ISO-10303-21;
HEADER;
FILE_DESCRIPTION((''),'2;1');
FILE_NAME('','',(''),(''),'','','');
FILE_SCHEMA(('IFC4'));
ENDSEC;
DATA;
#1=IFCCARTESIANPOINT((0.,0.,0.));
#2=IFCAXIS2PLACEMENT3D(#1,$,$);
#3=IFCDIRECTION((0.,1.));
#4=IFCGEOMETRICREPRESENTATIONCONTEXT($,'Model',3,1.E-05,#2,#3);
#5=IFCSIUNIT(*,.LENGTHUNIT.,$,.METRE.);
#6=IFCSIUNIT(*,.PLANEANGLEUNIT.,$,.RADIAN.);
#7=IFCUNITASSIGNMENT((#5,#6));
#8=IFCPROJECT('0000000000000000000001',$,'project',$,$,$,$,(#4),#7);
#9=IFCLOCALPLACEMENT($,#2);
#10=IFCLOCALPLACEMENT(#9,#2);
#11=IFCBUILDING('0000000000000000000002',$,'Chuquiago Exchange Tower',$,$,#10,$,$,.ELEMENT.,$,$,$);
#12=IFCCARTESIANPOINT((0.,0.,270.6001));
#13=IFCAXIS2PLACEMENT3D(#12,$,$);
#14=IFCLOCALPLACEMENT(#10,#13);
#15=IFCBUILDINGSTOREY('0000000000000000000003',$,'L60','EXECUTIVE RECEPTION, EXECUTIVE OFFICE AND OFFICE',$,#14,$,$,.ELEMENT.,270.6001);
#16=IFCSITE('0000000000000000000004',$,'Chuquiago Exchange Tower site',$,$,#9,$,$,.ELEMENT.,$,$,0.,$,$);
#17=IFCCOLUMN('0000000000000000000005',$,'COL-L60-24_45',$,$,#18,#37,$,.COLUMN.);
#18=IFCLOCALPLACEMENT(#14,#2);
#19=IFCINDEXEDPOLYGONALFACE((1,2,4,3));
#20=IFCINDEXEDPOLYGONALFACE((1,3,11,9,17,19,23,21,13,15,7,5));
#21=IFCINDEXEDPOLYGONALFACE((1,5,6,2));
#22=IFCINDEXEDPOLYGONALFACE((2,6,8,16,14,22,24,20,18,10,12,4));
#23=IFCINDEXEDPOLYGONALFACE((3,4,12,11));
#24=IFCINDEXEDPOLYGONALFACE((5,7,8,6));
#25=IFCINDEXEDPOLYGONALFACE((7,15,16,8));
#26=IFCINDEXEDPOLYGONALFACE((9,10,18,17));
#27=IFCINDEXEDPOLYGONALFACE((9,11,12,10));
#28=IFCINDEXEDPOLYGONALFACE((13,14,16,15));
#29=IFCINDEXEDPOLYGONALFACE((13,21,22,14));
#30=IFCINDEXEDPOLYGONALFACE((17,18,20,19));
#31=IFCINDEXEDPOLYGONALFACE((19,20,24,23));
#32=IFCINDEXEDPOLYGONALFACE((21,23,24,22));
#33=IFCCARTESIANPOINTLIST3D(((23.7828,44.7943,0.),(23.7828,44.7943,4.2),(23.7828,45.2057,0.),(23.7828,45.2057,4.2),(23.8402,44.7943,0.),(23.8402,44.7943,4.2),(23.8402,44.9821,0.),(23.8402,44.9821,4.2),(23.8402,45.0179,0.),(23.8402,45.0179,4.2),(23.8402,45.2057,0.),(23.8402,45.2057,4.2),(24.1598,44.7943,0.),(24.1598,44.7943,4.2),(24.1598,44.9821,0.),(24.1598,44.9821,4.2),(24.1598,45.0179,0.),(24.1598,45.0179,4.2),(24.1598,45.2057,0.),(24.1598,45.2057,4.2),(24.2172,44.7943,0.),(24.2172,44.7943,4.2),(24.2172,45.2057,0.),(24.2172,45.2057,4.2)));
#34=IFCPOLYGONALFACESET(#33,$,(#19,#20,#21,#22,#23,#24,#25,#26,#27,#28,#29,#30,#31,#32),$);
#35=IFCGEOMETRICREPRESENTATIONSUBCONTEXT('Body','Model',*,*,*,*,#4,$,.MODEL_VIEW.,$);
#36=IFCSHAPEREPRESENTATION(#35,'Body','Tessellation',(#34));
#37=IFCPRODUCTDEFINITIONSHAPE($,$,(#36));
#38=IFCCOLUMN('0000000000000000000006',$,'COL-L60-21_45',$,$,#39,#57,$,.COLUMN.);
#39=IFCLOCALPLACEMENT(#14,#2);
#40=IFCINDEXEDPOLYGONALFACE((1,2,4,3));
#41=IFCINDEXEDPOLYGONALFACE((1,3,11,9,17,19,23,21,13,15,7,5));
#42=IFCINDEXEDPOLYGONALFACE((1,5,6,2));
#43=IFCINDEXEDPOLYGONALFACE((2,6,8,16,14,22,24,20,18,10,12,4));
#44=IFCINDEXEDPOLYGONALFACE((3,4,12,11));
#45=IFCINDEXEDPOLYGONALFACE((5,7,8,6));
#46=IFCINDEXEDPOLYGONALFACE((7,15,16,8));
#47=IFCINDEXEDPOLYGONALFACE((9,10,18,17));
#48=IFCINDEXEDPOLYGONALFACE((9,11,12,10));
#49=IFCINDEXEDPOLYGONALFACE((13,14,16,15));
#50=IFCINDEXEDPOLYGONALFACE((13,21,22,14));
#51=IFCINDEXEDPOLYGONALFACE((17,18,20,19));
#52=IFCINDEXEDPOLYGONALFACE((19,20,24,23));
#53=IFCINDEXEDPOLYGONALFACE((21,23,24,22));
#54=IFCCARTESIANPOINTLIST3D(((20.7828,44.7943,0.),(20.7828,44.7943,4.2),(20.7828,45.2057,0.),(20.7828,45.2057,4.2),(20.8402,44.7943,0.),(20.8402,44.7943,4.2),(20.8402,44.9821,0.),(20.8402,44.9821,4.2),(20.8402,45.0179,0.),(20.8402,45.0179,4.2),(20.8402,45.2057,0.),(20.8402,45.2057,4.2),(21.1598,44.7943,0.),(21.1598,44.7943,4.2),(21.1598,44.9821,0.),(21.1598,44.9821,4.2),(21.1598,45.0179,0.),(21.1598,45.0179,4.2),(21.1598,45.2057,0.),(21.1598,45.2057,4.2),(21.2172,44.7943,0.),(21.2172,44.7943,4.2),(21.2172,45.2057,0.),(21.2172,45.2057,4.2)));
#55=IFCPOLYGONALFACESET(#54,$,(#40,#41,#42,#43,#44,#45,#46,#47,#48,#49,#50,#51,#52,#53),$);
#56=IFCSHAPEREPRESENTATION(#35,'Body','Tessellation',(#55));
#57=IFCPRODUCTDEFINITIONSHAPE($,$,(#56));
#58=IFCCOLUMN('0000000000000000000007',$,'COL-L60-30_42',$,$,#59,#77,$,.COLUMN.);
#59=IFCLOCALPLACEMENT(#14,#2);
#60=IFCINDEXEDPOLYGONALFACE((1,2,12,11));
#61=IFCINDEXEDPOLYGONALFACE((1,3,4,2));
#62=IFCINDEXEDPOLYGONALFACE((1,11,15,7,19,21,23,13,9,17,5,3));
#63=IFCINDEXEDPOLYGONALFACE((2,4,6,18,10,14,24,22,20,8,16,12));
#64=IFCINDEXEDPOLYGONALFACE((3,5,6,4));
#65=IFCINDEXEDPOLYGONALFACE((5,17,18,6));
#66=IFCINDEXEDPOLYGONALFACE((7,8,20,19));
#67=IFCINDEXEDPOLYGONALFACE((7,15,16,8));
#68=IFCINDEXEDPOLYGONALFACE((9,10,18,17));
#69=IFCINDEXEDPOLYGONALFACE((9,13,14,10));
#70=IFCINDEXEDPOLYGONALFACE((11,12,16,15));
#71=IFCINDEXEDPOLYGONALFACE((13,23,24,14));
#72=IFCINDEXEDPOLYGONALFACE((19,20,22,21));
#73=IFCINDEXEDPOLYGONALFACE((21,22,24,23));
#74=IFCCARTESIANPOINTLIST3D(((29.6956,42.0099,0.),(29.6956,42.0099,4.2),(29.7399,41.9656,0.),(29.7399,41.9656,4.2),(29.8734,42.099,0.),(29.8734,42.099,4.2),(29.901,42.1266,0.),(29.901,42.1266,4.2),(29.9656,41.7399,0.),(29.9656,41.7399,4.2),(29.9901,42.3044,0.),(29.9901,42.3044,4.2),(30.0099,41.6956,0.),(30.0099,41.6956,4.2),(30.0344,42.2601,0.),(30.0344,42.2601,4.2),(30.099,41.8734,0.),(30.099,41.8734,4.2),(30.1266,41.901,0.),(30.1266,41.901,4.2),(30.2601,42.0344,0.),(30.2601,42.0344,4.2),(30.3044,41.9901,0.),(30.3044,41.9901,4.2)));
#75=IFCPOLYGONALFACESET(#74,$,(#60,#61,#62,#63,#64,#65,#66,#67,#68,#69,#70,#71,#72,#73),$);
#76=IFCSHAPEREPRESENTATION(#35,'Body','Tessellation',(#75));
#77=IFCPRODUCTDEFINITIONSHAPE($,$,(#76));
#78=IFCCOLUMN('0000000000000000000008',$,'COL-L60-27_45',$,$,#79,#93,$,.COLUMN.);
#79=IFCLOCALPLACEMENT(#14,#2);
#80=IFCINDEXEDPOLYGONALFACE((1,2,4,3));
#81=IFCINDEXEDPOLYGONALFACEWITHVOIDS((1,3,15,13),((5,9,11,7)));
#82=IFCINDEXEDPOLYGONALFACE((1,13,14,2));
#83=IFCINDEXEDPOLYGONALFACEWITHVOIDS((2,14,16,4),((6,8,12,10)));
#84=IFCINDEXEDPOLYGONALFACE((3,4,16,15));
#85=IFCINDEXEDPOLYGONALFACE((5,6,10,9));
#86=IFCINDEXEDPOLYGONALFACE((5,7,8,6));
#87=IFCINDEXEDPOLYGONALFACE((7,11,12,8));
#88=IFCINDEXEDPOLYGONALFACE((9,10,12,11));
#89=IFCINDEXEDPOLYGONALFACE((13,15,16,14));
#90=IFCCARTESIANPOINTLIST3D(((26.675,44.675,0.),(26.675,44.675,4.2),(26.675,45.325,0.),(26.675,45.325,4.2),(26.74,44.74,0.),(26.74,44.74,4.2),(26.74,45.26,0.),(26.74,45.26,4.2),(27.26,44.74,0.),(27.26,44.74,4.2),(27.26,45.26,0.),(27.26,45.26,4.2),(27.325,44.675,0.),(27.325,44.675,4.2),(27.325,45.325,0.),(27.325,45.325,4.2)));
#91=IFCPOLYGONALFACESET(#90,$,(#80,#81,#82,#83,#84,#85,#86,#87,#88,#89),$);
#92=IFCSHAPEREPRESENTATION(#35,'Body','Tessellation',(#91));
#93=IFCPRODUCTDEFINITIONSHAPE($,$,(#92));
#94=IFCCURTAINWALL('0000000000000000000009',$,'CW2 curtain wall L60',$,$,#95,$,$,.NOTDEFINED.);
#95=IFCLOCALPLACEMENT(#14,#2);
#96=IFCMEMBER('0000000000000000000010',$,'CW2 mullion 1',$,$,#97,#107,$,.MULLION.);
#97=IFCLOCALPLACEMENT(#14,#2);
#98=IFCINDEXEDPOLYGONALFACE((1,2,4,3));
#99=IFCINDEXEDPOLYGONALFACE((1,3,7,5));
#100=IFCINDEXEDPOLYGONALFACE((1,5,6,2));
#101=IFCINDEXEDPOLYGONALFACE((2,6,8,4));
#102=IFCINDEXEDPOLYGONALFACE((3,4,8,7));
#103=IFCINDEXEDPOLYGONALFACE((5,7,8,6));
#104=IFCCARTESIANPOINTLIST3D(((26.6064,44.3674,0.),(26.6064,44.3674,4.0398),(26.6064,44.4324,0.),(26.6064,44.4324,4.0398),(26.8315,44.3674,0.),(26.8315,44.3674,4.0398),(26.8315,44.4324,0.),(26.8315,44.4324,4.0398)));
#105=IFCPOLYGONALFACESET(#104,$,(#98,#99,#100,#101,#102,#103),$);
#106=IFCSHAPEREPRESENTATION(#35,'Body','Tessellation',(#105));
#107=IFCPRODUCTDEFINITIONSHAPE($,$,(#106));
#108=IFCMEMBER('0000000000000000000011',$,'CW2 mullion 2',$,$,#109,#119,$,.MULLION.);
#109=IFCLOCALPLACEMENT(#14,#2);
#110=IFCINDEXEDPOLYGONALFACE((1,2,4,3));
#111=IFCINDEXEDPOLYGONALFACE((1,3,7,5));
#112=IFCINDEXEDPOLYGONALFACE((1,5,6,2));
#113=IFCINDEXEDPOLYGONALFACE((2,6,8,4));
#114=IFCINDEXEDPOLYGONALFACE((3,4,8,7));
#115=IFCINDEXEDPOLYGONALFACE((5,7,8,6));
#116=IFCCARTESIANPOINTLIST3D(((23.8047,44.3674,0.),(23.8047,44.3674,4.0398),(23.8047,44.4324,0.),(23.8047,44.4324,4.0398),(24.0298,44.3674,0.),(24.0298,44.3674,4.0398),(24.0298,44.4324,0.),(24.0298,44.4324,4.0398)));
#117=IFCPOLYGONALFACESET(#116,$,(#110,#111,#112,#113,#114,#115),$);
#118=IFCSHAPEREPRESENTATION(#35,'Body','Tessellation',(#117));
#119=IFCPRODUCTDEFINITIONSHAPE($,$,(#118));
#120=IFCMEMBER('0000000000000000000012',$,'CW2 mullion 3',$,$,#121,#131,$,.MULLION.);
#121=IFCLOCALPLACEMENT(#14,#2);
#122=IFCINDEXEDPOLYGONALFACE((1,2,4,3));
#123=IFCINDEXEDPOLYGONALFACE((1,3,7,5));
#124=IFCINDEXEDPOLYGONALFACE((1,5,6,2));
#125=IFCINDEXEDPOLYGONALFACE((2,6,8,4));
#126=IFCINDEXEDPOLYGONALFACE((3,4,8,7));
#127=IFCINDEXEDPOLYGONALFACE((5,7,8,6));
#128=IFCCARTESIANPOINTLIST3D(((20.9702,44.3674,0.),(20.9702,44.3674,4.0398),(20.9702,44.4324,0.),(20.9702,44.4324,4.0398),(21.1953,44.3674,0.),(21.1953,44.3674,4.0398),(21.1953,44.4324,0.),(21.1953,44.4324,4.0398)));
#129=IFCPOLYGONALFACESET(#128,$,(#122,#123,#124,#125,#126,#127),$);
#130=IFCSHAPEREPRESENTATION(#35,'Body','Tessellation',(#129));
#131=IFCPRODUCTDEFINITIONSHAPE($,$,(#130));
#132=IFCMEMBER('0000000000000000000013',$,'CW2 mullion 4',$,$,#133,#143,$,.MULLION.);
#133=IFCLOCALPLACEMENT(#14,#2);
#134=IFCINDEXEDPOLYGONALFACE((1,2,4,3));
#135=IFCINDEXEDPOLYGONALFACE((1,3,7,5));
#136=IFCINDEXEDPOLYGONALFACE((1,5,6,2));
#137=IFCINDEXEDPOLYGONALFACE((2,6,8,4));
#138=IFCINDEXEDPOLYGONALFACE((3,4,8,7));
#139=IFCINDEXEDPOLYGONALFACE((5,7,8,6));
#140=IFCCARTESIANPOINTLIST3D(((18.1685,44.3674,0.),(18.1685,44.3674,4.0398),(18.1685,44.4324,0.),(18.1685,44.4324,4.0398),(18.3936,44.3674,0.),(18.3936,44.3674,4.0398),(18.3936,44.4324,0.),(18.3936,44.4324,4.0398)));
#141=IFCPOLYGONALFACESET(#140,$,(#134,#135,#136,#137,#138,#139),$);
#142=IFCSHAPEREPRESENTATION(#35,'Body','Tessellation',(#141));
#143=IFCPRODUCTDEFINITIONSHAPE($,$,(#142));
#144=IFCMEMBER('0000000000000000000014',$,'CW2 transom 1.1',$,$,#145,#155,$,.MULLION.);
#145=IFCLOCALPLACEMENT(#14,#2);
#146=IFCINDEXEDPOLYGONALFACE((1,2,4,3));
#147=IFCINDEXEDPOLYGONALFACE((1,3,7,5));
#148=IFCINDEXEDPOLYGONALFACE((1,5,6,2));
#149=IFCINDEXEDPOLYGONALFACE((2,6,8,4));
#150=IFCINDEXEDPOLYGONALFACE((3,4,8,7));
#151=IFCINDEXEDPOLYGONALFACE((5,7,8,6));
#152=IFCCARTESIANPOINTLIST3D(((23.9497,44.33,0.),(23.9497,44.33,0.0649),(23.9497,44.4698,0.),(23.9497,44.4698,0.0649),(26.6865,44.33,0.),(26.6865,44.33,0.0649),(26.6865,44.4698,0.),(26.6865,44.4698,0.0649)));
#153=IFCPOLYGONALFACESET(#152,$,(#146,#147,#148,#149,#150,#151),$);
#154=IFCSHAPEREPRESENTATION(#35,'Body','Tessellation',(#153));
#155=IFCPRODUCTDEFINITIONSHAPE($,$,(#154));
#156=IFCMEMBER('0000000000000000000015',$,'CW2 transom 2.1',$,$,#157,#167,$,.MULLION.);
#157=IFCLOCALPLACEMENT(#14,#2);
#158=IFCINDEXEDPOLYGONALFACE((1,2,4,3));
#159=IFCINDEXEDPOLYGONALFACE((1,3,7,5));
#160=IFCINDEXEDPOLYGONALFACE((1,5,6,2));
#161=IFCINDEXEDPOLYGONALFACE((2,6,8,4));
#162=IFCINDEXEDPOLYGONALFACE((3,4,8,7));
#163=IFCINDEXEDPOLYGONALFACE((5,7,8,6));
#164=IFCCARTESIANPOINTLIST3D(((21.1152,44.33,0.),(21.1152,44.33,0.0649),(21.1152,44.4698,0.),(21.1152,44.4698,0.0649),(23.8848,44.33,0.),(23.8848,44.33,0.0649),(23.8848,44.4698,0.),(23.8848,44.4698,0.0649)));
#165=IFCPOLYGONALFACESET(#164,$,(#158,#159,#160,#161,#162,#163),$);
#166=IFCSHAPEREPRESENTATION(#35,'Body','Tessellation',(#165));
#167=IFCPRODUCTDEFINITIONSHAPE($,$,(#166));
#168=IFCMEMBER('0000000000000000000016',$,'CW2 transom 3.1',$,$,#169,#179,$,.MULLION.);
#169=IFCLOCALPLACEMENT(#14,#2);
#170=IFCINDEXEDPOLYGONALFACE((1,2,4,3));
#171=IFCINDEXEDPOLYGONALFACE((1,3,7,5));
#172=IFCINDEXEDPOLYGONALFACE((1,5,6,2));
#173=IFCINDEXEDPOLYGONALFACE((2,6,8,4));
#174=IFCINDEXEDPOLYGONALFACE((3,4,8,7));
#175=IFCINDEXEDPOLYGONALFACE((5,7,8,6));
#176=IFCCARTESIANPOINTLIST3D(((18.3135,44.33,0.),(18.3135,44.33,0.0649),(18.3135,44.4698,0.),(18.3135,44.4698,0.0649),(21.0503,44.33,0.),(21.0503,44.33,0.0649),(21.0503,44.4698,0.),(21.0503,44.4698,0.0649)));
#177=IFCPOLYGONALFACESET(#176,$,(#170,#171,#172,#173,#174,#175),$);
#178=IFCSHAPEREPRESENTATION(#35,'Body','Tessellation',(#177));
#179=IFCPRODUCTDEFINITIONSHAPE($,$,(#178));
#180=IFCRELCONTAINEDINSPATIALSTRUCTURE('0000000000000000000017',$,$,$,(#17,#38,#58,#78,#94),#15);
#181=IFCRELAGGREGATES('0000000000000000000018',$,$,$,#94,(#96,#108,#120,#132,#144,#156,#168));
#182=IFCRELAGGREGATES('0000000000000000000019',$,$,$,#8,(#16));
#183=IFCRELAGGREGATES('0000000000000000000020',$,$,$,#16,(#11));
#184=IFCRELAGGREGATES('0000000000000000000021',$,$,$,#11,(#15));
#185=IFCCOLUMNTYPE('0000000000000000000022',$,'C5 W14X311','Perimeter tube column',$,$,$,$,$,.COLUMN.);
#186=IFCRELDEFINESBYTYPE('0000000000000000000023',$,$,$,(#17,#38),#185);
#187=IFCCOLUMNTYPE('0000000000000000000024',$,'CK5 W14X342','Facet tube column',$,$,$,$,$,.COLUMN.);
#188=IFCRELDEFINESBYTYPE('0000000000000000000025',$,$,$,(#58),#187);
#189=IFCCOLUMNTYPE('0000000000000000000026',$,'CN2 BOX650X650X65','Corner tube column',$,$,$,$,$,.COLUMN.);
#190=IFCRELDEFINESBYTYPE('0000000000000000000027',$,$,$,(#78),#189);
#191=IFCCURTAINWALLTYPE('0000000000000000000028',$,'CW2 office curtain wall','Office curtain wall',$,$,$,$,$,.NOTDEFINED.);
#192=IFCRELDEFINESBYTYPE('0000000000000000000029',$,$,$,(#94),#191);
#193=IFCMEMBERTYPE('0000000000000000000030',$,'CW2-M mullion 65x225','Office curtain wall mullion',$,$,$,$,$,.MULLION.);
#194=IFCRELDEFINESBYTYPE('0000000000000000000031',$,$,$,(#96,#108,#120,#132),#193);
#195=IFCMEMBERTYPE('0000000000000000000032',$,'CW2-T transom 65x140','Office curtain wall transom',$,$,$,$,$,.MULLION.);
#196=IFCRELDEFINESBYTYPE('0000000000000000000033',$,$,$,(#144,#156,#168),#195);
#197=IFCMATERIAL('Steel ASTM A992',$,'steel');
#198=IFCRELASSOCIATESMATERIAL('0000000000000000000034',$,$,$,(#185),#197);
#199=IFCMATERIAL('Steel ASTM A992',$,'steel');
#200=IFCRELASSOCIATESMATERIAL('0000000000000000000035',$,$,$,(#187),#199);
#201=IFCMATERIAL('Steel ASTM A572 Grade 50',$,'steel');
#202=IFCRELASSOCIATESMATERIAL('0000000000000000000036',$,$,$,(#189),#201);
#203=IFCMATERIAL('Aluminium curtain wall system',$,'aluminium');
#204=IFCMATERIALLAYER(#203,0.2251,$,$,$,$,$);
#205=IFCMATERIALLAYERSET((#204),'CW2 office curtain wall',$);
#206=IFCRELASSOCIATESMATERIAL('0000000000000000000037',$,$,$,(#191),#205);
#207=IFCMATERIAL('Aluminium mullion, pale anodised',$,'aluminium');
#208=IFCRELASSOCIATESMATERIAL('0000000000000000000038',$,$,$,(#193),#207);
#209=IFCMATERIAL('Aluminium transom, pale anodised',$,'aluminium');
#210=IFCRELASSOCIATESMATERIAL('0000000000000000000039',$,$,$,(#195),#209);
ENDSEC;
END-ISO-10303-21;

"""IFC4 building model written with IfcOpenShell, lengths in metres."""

from ifc_helpers import new_model, si_unit, direction, frame, origin, origin_2d, place, context, subcontext, project, spatial, rectangle, hollow_rectangle, i_section, extrude, material, layer, layer_set, material_profile, profile_set, type_object, element, aggregate, save


model = new_model("IFC4")

# Units and contexts
model_context = context("Model", 3, precision=1e-05, world=origin(), true_north=direction((0.0, 1.0)))
body_context = subcontext(model_context, "Body", "Model", "MODEL_VIEW")
ifc_project = project(units=[si_unit("LENGTHUNIT", "METRE"), si_unit("PLANEANGLEUNIT", "RADIAN")], contexts=[model_context])

# Site, building, storey
site_placement = place(None, origin())
site = spatial("IfcSite", under=ifc_project, at=site_placement, Name="Chuquiago Exchange Tower site", CompositionType="ELEMENT", RefElevation=0.0)
building_placement = place(site_placement, origin())
building = spatial("IfcBuilding", under=site, at=building_placement, Name="Chuquiago Exchange Tower", CompositionType="ELEMENT")
storey_placement = place(building_placement, frame((0.0, 0.0, 270.6001)))
storey = spatial("IfcBuildingStorey", under=building, at=storey_placement, Name="L60", Description="EXECUTIVE RECEPTION, EXECUTIVE OFFICE AND OFFICE", CompositionType="ELEMENT", Elevation=270.6001)

# Columns
ifc_material_1 = material(Name="Steel ASTM A992", Category="steel")
ifc_material_profile_1 = material_profile(ifc_material_1, i_section(OverallWidth=0.4114, OverallDepth=0.4343, WebThickness=0.0359, FlangeThickness=0.0574, at=origin_2d()), Name="W14X311")
ifc_profile_set_1 = profile_set([ifc_material_profile_1], Name="Steel ASTM A992")
column_type_1 = type_object("IfcColumnType", Name="C5 W14X311", Description="Perimeter tube column", PredefinedType="COLUMN", material=ifc_profile_set_1)
for number, where, z_axis, x_axis, name in (
    (1, (24.0, 45.0, 0.0), (0.0, 0.0, 1.0), (0.0, 1.0, 0.0), "COL-L60-24_45"),
    (2, (21.0, 45.0, 0.0), (0.0, 0.0, 1.0), (0.0, 1.0, 0.0), "COL-L60-21_45"),
):
    element("IfcColumn", number, at=place(storey_placement, frame(where, z_axis=z_axis, x_axis=x_axis)), inside=storey, type_object=column_type_1, Name=name, PredefinedType="COLUMN", context=body_context, shape_type="SweptSolid", body=[
        extrude(i_section(OverallWidth=0.4114, OverallDepth=0.4343, WebThickness=0.0359, FlangeThickness=0.0574, at=origin_2d()), origin(), (0.0, 0.0, 1.0), 4.2),
    ])
ifc_material_2 = material(Name="Steel ASTM A992", Category="steel")
ifc_material_profile_2 = material_profile(ifc_material_2, i_section(OverallWidth=0.4165, OverallDepth=0.4446, WebThickness=0.0391, FlangeThickness=0.0627, at=origin_2d()), Name="W14X342")
ifc_profile_set_2 = profile_set([ifc_material_profile_2], Name="Steel ASTM A992")
column_type_2 = type_object("IfcColumnType", Name="CK5 W14X342", Description="Facet tube column", PredefinedType="COLUMN", material=ifc_profile_set_2)
column_1_placement = place(storey_placement, frame((30.0, 42.0, 0.0), z_axis=(0.0, 0.0, 1.0), x_axis=(0.707107, 0.707107, 0.0)))
element("IfcColumn", 3, at=column_1_placement, inside=storey, type_object=column_type_2, Name="COL-L60-30_42", PredefinedType="COLUMN", context=body_context, shape_type="SweptSolid", body=[
    extrude(i_section(OverallWidth=0.4165, OverallDepth=0.4446, WebThickness=0.0391, FlangeThickness=0.0627, at=origin_2d()), origin(), (0.0, 0.0, 1.0), 4.2),
])
ifc_material_3 = material(Name="Steel ASTM A572 Grade 50", Category="steel")
ifc_material_profile_3 = material_profile(ifc_material_3, hollow_rectangle(XDim=0.6499, YDim=0.6499, WallThickness=0.0649, at=origin_2d()), Name="BOX650X650X65")
ifc_profile_set_3 = profile_set([ifc_material_profile_3], Name="Steel ASTM A572 Grade 50")
column_type_3 = type_object("IfcColumnType", Name="CN2 BOX650X650X65", Description="Corner tube column", PredefinedType="COLUMN", material=ifc_profile_set_3)
column_2_placement = place(storey_placement, frame((27.0, 45.0, 0.0), z_axis=(0.0, 0.0, 1.0), x_axis=(0.0, 1.0, 0.0)))
element("IfcColumn", 4, at=column_2_placement, inside=storey, type_object=column_type_3, Name="COL-L60-27_45", PredefinedType="COLUMN", context=body_context, shape_type="SweptSolid", body=[
    extrude(hollow_rectangle(XDim=0.6499, YDim=0.6499, WallThickness=0.0649, at=origin_2d()), origin(), (0.0, 0.0, 1.0), 4.2),
])

# Curtain wall, members
ifc_material_4 = material(Name="Aluminium curtain wall system", Category="aluminium")
ifc_layer_1 = layer(ifc_material_4, 0.2251)
ifc_layer_set_1 = layer_set([ifc_layer_1], Name="CW2 office curtain wall")
curtain_wall_type_1 = type_object("IfcCurtainWallType", Name="CW2 office curtain wall", Description="Office curtain wall", PredefinedType="NOTDEFINED", material=ifc_layer_set_1)
curtain_wall_1_placement = place(storey_placement, origin())
curtain_wall_1 = element("IfcCurtainWall", 5, at=curtain_wall_1_placement, inside=storey, type_object=curtain_wall_type_1, Name="CW2 curtain wall L60", PredefinedType="NOTDEFINED")
ifc_material_5 = material(Name="Aluminium mullion, pale anodised", Category="aluminium")
ifc_material_profile_4 = material_profile(ifc_material_5, rectangle(XDim=0.0649, YDim=0.2251, at=origin_2d()), Name="AL 65x225")
ifc_profile_set_4 = profile_set([ifc_material_profile_4], Name="Aluminium mullion, pale anodised")
member_type_1 = type_object("IfcMemberType", Name="CW2-M mullion 65x225", Description="Office curtain wall mullion", PredefinedType="MULLION", material=ifc_profile_set_4)
member_1_placement = place(storey_placement, frame((26.719, 44.3999, 0.0), z_axis=(0.0, 0.0, 1.0), x_axis=(0.0, -1.0, 0.0)))
member_1 = element("IfcMember", 6, at=member_1_placement, type_object=member_type_1, Name="CW2 mullion 1", PredefinedType="MULLION", context=body_context, shape_type="SweptSolid", body=[
    extrude(rectangle(XDim=0.0649, YDim=0.2251, at=origin_2d()), origin(), (0.0, 0.0, 1.0), 4.0398),
])
member_2_placement = place(storey_placement, frame((23.9172, 44.3999, 0.0), z_axis=(0.0, 0.0, 1.0), x_axis=(0.0, -1.0, 0.0)))
member_2 = element("IfcMember", 7, at=member_2_placement, type_object=member_type_1, Name="CW2 mullion 2", PredefinedType="MULLION", context=body_context, shape_type="SweptSolid", body=[
    extrude(rectangle(XDim=0.0649, YDim=0.2251, at=origin_2d()), origin(), (0.0, 0.0, 1.0), 4.0398),
])
member_3_placement = place(storey_placement, frame((21.0828, 44.3999, 0.0), z_axis=(0.0, 0.0, 1.0), x_axis=(0.0, -1.0, 0.0)))
member_3 = element("IfcMember", 8, at=member_3_placement, type_object=member_type_1, Name="CW2 mullion 3", PredefinedType="MULLION", context=body_context, shape_type="SweptSolid", body=[
    extrude(rectangle(XDim=0.0649, YDim=0.2251, at=origin_2d()), origin(), (0.0, 0.0, 1.0), 4.0398),
])
member_4_placement = place(storey_placement, frame((18.281, 44.3999, 0.0), z_axis=(0.0, 0.0, 1.0), x_axis=(0.0, -1.0, 0.0)))
member_4 = element("IfcMember", 9, at=member_4_placement, type_object=member_type_1, Name="CW2 mullion 4", PredefinedType="MULLION", context=body_context, shape_type="SweptSolid", body=[
    extrude(rectangle(XDim=0.0649, YDim=0.2251, at=origin_2d()), origin(), (0.0, 0.0, 1.0), 4.0398),
])
ifc_material_6 = material(Name="Aluminium transom, pale anodised", Category="aluminium")
ifc_material_profile_5 = material_profile(ifc_material_6, rectangle(XDim=0.1399, YDim=0.0649, at=origin_2d()), Name="AL 140x65")
ifc_profile_set_5 = profile_set([ifc_material_profile_5], Name="Aluminium transom, pale anodised")
member_type_2 = type_object("IfcMemberType", Name="CW2-T transom 65x140", Description="Office curtain wall transom", PredefinedType="MULLION", material=ifc_profile_set_5)
member_5_placement = place(storey_placement, frame((26.6865, 44.3999, 0.0325), z_axis=(-1.0, 0.0, 0.0), x_axis=(0.0, -1.0, 0.0)))
member_5 = element("IfcMember", 10, at=member_5_placement, type_object=member_type_2, Name="CW2 transom 1.1", PredefinedType="MULLION", context=body_context, shape_type="SweptSolid", body=[
    extrude(rectangle(XDim=0.1399, YDim=0.0649, at=origin_2d()), origin(), (0.0, 0.0, 1.0), 2.7368),
])
member_6_placement = place(storey_placement, frame((23.8848, 44.3999, 0.0325), z_axis=(-1.0, 0.0, 0.0), x_axis=(0.0, -1.0, 0.0)))
member_6 = element("IfcMember", 11, at=member_6_placement, type_object=member_type_2, Name="CW2 transom 2.1", PredefinedType="MULLION", context=body_context, shape_type="SweptSolid", body=[
    extrude(rectangle(XDim=0.1399, YDim=0.0649, at=origin_2d()), origin(), (0.0, 0.0, 1.0), 2.7695),
])
member_7_placement = place(storey_placement, frame((21.0503, 44.3999, 0.0325), z_axis=(-1.0, 0.0, 0.0), x_axis=(0.0, -1.0, 0.0)))
member_7 = element("IfcMember", 12, at=member_7_placement, type_object=member_type_2, Name="CW2 transom 3.1", PredefinedType="MULLION", context=body_context, shape_type="SweptSolid", body=[
    extrude(rectangle(XDim=0.1399, YDim=0.0649, at=origin_2d()), origin(), (0.0, 0.0, 1.0), 2.7368),
])

aggregate(curtain_wall_1, [member_1, member_2, member_3, member_4, member_5, member_6, member_7])

save(model, "model.ifc")
